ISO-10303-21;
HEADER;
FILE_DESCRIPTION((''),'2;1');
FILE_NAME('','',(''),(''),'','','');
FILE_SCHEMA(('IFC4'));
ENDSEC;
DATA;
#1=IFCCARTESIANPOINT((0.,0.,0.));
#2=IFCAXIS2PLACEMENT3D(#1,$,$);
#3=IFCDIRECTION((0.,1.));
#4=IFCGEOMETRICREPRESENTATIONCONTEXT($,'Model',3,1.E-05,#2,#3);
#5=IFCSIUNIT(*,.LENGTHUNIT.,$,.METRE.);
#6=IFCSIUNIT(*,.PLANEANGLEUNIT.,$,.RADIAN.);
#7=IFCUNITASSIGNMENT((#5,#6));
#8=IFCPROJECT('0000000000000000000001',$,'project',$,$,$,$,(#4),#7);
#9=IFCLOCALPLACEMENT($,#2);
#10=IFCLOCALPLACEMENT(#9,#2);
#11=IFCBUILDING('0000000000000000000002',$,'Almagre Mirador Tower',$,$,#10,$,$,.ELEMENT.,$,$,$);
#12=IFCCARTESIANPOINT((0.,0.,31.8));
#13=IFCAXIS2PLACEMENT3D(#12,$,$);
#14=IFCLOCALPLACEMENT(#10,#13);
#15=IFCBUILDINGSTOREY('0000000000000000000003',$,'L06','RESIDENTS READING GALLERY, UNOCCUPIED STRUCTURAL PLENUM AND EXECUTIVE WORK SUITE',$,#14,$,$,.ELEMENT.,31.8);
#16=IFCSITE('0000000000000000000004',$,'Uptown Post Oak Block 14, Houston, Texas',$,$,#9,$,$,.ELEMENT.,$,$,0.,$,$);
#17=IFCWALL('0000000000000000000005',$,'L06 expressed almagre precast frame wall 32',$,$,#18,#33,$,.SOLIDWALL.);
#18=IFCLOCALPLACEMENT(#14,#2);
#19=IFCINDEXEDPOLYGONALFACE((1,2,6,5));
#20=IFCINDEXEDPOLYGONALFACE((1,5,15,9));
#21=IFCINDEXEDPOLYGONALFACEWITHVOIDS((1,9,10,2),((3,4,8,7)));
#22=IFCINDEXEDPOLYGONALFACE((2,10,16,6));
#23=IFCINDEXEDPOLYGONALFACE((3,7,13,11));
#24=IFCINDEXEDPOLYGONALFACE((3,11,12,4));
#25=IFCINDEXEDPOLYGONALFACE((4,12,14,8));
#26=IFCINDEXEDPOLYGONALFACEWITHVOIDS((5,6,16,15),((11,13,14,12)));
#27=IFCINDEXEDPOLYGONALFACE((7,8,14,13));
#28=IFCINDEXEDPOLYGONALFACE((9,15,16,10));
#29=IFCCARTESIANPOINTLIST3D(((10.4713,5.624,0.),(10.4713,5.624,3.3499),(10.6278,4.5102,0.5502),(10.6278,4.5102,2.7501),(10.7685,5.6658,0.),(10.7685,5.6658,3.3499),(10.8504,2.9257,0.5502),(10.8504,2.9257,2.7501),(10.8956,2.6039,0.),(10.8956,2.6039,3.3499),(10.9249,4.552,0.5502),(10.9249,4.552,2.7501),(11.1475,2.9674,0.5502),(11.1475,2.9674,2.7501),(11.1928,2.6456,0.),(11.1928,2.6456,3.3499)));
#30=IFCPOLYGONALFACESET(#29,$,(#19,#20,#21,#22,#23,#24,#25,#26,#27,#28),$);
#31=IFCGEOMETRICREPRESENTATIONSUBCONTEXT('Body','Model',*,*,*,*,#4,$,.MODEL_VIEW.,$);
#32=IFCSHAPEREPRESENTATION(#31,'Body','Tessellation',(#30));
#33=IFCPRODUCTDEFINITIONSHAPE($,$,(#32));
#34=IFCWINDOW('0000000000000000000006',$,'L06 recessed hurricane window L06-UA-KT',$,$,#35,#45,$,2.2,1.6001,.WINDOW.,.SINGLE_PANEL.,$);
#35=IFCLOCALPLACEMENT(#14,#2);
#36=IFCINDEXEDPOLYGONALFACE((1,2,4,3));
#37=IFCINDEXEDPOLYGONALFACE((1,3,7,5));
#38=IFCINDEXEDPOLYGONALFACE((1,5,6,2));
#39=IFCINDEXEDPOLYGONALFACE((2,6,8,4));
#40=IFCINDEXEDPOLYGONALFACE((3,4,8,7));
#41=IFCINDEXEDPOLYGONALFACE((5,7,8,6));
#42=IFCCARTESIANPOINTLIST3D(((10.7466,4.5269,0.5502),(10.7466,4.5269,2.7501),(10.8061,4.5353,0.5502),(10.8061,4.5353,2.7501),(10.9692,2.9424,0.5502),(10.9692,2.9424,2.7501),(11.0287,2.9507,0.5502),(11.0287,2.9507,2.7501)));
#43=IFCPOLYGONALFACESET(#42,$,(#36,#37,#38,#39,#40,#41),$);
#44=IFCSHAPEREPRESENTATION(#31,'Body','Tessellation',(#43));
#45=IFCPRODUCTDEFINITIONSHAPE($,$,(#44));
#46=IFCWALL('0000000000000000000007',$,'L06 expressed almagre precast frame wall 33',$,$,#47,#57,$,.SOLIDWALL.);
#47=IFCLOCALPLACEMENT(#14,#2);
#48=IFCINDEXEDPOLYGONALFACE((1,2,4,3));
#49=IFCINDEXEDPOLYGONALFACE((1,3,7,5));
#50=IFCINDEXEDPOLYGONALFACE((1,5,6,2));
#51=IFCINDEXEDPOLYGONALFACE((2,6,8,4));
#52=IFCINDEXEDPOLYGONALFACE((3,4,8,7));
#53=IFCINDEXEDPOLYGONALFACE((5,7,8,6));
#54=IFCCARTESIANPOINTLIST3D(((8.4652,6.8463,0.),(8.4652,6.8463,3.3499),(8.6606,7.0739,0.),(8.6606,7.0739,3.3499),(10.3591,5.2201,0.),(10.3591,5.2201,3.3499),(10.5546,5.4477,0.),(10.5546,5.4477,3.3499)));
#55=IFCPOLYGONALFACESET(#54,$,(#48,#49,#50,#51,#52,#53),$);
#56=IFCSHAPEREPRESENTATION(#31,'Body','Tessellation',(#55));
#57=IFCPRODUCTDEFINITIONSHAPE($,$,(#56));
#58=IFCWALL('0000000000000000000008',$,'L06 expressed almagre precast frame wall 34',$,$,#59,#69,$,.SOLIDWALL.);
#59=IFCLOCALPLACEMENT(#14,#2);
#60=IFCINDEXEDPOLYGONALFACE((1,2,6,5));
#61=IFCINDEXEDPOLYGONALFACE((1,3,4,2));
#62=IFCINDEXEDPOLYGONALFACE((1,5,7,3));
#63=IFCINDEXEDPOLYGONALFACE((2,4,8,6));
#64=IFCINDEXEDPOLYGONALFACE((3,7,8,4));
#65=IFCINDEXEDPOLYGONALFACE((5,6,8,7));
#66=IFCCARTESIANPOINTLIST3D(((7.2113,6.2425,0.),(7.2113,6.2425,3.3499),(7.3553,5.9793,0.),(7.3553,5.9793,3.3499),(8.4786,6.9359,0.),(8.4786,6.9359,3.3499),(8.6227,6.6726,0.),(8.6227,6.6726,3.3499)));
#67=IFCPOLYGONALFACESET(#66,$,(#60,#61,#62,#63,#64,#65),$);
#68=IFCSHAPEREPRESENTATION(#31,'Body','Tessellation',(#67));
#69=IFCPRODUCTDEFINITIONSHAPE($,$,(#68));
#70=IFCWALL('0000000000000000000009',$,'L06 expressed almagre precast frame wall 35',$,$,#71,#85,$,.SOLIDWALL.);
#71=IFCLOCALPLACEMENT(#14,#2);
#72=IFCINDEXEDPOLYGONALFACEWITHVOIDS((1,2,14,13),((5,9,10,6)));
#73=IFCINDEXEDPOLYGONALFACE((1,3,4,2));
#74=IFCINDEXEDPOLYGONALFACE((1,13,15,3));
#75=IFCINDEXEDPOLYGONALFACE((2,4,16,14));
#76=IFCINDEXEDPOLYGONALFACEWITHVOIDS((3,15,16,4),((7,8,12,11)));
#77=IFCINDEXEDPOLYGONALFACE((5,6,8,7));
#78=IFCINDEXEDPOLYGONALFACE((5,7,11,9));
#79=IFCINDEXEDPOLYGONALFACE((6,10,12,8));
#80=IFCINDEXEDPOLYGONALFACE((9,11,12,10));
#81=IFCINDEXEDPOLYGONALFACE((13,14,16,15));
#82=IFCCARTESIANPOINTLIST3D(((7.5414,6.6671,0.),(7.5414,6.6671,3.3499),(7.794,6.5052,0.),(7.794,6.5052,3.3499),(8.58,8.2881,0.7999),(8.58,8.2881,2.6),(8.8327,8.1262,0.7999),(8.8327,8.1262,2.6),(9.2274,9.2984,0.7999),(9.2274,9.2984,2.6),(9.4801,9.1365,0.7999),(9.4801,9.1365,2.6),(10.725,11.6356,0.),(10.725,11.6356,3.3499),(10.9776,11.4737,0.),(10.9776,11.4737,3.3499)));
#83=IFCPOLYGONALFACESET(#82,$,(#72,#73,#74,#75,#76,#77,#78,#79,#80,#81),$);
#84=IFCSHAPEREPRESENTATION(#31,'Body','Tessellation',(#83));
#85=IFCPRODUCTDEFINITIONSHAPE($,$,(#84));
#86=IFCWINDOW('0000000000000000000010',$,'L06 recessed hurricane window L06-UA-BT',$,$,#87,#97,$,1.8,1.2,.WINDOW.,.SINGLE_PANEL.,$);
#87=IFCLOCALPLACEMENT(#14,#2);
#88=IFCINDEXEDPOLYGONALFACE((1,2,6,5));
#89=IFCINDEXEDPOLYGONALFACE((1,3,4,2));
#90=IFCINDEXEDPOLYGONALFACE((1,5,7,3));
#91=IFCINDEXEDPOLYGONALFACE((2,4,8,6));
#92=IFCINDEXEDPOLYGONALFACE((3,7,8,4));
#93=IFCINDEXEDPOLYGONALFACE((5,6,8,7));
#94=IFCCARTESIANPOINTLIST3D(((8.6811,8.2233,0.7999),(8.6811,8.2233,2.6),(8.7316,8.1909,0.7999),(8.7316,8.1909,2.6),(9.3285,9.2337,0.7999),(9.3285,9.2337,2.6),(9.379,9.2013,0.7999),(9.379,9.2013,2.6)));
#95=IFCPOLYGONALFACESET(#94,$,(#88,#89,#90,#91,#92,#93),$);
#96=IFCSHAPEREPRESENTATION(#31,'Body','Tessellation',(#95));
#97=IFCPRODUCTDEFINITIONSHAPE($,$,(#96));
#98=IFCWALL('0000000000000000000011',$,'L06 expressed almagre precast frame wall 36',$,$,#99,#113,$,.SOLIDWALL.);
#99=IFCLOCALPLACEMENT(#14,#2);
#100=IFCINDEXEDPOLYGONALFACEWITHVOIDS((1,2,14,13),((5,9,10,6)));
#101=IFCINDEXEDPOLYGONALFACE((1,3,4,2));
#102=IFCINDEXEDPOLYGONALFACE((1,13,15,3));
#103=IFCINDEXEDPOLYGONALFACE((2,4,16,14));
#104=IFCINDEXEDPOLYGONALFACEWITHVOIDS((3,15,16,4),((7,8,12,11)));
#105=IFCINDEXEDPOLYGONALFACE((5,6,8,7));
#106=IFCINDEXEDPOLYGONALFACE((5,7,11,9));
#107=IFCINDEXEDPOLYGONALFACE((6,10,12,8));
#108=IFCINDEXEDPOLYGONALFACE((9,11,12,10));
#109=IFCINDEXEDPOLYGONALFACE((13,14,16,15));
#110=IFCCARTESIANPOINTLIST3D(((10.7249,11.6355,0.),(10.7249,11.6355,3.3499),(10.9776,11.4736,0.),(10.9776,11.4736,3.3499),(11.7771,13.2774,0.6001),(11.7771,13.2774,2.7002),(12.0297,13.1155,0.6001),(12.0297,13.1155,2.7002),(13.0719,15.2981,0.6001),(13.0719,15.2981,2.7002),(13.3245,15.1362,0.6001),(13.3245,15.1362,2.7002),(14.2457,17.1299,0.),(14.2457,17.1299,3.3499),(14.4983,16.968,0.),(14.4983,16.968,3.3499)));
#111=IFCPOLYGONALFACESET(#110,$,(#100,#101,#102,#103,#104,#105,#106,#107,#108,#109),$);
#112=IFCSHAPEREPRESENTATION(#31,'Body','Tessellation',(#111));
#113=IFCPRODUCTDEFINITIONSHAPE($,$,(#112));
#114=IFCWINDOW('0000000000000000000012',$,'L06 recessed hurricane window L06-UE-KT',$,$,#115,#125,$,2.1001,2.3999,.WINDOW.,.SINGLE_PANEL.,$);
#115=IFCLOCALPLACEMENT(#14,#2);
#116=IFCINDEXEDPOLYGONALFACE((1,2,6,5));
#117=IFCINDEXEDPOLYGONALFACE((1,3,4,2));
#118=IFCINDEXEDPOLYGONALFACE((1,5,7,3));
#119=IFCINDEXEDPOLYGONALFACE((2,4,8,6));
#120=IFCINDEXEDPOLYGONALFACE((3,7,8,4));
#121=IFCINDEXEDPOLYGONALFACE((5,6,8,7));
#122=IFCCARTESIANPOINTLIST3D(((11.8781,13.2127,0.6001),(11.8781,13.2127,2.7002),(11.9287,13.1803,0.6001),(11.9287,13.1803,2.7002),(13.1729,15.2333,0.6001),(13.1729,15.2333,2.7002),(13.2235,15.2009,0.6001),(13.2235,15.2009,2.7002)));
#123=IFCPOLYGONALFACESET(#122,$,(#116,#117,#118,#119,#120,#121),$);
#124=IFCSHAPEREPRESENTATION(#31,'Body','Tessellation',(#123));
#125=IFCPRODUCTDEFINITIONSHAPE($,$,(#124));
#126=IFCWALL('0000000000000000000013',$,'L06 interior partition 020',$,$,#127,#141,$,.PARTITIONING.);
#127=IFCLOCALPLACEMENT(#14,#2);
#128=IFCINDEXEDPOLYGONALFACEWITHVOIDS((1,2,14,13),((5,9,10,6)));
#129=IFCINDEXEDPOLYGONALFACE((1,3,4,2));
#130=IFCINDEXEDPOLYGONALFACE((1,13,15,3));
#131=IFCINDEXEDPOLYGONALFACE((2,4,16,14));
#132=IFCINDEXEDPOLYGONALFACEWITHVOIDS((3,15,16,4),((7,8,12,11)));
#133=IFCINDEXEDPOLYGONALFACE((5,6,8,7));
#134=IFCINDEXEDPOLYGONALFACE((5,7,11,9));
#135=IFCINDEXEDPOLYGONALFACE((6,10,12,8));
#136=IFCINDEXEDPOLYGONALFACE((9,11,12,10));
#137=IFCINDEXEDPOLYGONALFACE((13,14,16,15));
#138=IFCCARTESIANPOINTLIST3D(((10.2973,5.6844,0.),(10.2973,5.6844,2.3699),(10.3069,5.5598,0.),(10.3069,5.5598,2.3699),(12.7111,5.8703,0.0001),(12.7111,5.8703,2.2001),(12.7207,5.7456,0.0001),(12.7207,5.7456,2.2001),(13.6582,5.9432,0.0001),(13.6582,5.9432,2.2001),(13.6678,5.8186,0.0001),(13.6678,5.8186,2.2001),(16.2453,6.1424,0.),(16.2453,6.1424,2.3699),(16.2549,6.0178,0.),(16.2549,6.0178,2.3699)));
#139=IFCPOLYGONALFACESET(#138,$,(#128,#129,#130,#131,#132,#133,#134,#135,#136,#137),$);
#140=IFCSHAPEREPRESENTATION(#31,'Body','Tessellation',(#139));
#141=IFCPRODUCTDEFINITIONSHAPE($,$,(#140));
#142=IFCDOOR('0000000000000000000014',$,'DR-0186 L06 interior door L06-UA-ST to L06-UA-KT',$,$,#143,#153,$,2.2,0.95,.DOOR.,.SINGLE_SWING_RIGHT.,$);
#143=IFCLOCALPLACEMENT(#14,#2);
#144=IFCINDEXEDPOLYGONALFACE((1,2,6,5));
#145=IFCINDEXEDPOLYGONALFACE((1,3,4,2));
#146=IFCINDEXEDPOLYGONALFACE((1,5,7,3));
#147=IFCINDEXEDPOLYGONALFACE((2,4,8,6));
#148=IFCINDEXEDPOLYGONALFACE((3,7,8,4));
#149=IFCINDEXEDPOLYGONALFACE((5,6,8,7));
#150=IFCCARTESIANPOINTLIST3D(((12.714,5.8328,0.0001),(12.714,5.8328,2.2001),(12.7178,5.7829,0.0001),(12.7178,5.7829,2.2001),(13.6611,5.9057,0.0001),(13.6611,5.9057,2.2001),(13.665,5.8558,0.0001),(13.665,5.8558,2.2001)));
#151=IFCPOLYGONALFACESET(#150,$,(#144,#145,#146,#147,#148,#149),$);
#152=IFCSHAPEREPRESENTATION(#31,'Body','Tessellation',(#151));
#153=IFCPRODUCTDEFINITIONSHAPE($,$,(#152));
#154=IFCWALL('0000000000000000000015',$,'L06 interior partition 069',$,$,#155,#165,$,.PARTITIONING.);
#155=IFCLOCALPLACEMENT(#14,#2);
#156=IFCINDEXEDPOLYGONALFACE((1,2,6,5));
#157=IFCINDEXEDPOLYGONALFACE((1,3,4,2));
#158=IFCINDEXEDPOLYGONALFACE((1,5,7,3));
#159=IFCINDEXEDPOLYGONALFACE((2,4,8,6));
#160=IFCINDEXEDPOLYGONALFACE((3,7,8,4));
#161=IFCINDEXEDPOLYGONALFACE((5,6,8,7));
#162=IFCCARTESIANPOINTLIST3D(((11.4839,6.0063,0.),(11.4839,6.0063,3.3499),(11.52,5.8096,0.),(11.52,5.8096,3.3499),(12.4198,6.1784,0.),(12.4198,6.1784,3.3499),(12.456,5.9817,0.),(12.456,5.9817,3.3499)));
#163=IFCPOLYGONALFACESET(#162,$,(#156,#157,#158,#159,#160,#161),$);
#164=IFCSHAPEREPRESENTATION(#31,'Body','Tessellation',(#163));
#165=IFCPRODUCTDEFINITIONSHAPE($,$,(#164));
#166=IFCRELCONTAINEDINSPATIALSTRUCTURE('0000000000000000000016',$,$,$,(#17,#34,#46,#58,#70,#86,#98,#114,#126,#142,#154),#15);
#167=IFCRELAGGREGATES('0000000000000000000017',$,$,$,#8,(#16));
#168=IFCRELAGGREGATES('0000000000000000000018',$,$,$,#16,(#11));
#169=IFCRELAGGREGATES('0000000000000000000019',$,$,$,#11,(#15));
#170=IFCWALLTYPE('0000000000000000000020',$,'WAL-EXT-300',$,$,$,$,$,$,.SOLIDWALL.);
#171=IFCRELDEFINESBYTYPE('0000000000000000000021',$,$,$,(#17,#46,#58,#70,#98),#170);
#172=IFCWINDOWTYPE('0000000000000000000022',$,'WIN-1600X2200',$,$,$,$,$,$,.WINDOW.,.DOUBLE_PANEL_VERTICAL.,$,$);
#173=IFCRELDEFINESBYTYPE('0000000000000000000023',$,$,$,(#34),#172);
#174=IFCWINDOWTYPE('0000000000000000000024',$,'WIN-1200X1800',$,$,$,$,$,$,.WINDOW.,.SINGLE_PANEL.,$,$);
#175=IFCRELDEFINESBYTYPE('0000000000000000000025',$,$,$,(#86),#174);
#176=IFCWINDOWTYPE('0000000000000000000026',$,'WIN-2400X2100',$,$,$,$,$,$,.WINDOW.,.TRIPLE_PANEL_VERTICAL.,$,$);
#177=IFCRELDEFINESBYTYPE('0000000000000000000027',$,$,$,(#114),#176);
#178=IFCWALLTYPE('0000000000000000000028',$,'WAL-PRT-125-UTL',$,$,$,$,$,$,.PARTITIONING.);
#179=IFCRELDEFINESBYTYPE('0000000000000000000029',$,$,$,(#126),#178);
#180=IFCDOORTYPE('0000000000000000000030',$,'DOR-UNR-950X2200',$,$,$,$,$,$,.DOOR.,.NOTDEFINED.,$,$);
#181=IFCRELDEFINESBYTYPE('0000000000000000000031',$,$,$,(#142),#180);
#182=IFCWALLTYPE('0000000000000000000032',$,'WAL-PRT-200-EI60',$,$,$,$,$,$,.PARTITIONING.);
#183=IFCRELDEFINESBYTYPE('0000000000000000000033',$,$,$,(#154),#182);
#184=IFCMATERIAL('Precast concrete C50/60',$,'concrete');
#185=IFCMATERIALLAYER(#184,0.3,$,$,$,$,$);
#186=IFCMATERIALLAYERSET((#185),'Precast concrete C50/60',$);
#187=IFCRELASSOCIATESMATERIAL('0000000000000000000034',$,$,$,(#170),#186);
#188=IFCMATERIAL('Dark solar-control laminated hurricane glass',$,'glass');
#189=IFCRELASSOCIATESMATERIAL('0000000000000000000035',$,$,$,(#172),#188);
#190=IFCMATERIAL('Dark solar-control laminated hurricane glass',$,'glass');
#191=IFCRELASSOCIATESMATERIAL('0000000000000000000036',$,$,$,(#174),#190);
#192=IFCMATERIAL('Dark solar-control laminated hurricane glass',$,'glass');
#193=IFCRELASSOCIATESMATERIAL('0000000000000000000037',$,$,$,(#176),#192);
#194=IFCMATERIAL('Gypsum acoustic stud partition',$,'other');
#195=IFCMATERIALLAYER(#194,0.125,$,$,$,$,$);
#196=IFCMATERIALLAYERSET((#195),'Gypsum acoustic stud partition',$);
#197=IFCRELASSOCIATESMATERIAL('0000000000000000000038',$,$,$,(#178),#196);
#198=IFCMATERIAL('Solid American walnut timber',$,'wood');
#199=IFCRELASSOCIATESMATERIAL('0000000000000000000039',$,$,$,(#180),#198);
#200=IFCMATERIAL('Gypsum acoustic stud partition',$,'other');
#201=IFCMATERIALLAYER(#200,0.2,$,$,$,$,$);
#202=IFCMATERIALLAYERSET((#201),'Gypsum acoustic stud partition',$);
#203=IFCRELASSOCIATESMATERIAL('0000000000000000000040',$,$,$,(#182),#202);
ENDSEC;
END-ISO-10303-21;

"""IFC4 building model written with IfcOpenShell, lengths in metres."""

from ifc_helpers import new_model, si_unit, direction, frame, frame_2d, origin, place, context, subcontext, project, spatial, rectangle, extrude, material, layer, layer_set, type_object, element, fill, save


model = new_model("IFC4")

# Units and contexts
model_context = context("Model", 3, precision=1e-05, world=origin(), true_north=direction((0.0, 1.0)))
body_context = subcontext(model_context, "Body", "Model", "MODEL_VIEW")
ifc_project = project(units=[si_unit("LENGTHUNIT", "METRE"), si_unit("PLANEANGLEUNIT", "RADIAN")], contexts=[model_context])

# Site, building, storey
site_placement = place(None, origin())
site = spatial("IfcSite", under=ifc_project, at=site_placement, Name="Uptown Post Oak Block 14, Houston, Texas", CompositionType="ELEMENT", RefElevation=0.0)
building_placement = place(site_placement, origin())
building = spatial("IfcBuilding", under=site, at=building_placement, Name="Almagre Mirador Tower", CompositionType="ELEMENT")
storey_placement = place(building_placement, frame((0.0, 0.0, 31.8)))
storey = spatial("IfcBuildingStorey", under=building, at=storey_placement, Name="L06", Description="RESIDENTS READING GALLERY, UNOCCUPIED STRUCTURAL PLENUM AND EXECUTIVE WORK SUITE", CompositionType="ELEMENT", Elevation=31.8)

# Shared definitions
ifc_material_1 = material(Name="Precast concrete C50/60", Category="concrete")
ifc_layer_1 = layer(ifc_material_1, 0.3)
ifc_layer_set_1 = layer_set([ifc_layer_1], Name="Precast concrete C50/60")
wall_type_1 = type_object("IfcWallType", Name="WAL-EXT-300", PredefinedType="SOLIDWALL", material=ifc_layer_set_1)

# Wall, opening, window
wall_1_placement = place(storey_placement, frame((11.0442, 2.6248, 0.0), z_axis=(0.0, 0.0, 1.0), x_axis=(-0.139124, 0.990275, 0.0)))
wall_1 = element("IfcWall", 1, at=wall_1_placement, inside=storey, type_object=wall_type_1, Name="L06 expressed almagre precast frame wall 32", PredefinedType="SOLIDWALL", context=body_context, shape_type="SweptSolid", body=[
    extrude(rectangle(XDim=3.0498, YDim=0.3, at=frame_2d((1.5249, 0.0))), origin(), (0.0, 0.0, 1.0), 3.3499),
])
opening_1_placement = place(wall_1_placement, frame((0.325, 0.0, 0.55)))
opening_1 = element("IfcOpeningElement", 2, at=opening_1_placement, cuts=wall_1, PredefinedType="OPENING", context=body_context, shape_type="SweptSolid", body=[
    extrude(rectangle(XDim=1.6001, YDim=2.2, at=frame_2d((0.8, 1.1001))), frame((0.0, 0.1599, 0.0), z_axis=(0.0, -1.0, 0.0), x_axis=(1.0, 0.0, 0.0)), (0.0, 0.0, 1.0), 0.32),
])
ifc_material_2 = material(Name="Dark solar-control laminated hurricane glass", Category="glass")
window_type_1 = type_object("IfcWindowType", Name="WIN-1600X2200", PartitioningType="DOUBLE_PANEL_VERTICAL", PredefinedType="WINDOW", material=ifc_material_2)
window_1_placement = place(opening_1_placement, origin())
window_1 = element("IfcWindow", 3, at=window_1_placement, inside=storey, type_object=window_type_1, Name="L06 recessed hurricane window L06-UA-KT", OverallHeight=2.2, OverallWidth=1.6001, PartitioningType="SINGLE_PANEL", PredefinedType="WINDOW", context=body_context, shape_type="SweptSolid", body=[
    extrude(rectangle(XDim=1.6001, YDim=2.2, at=frame_2d((0.8, 1.1001))), frame((0.0, 0.03, 0.0), z_axis=(0.0, -1.0, 0.0), x_axis=(1.0, 0.0, 0.0)), (0.0, 0.0, 1.0), 0.0601),
])
fill(opening_1, window_1)

# Walls
wall_2_placement = place(storey_placement, frame((10.4568, 5.334, 0.0), z_axis=(0.0, 0.0, 1.0), x_axis=(-0.758711, 0.651427, 0.0)))
element("IfcWall", 4, at=wall_2_placement, inside=storey, type_object=wall_type_1, Name="L06 expressed almagre precast frame wall 33", PredefinedType="SOLIDWALL", context=body_context, shape_type="SweptSolid", body=[
    extrude(rectangle(XDim=2.4963, YDim=0.3, at=frame_2d((1.248, 0.0))), origin(), (0.0, 0.0, 1.0), 3.3499),
])
wall_3_placement = place(storey_placement, frame((8.5505, 6.8042, 0.0), z_axis=(0.0, 0.0, 1.0), x_axis=(-0.877288, -0.479965, 0.0)))
element("IfcWall", 5, at=wall_3_placement, inside=storey, type_object=wall_type_1, Name="L06 expressed almagre precast frame wall 34", PredefinedType="SOLIDWALL", context=body_context, shape_type="SweptSolid", body=[
    extrude(rectangle(XDim=1.4446, YDim=0.3, at=frame_2d((0.7222, 0.0))), origin(), (0.0, 0.0, 1.0), 3.3499),
])

# Walls, openings, windows
wall_4_placement = place(storey_placement, frame((7.6677, 6.5862, 0.0), z_axis=(0.0, 0.0, 1.0), x_axis=(0.539504, 0.841983, 0.0)))
wall_4 = element("IfcWall", 6, at=wall_4_placement, inside=storey, type_object=wall_type_1, Name="L06 expressed almagre precast frame wall 35", PredefinedType="SOLIDWALL", context=body_context, shape_type="SweptSolid", body=[
    extrude(rectangle(XDim=5.9009, YDim=0.3, at=frame_2d((2.9504, 0.0))), origin(), (0.0, 0.0, 1.0), 3.3499),
])
opening_2_placement = place(wall_4_placement, frame((1.925, 0.0, 0.8)))
opening_2 = element("IfcOpeningElement", 7, at=opening_2_placement, cuts=wall_4, PredefinedType="OPENING", context=body_context, shape_type="SweptSolid", body=[
    extrude(rectangle(XDim=1.2, YDim=1.8, at=frame_2d((0.6001, 0.8999))), frame((0.0, 0.1599, 0.0), z_axis=(0.0, -1.0, 0.0), x_axis=(1.0, 0.0, 0.0)), (0.0, 0.0, 1.0), 0.32),
])
ifc_material_3 = material(Name="Dark solar-control laminated hurricane glass", Category="glass")
window_type_2 = type_object("IfcWindowType", Name="WIN-1200X1800", PartitioningType="SINGLE_PANEL", PredefinedType="WINDOW", material=ifc_material_3)
window_2_placement = place(opening_2_placement, origin())
window_2 = element("IfcWindow", 8, at=window_2_placement, inside=storey, type_object=window_type_2, Name="L06 recessed hurricane window L06-UA-BT", OverallHeight=1.8, OverallWidth=1.2, PartitioningType="SINGLE_PANEL", PredefinedType="WINDOW", context=body_context, shape_type="SweptSolid", body=[
    extrude(rectangle(XDim=1.2, YDim=1.8, at=frame_2d((0.6001, 0.8999))), frame((0.0, 0.03, 0.0), z_axis=(0.0, -1.0, 0.0), x_axis=(1.0, 0.0, 0.0)), (0.0, 0.0, 1.0), 0.0601),
])
fill(opening_2, window_2)
wall_5_placement = place(storey_placement, frame((10.8513, 11.5547, 0.0), z_axis=(0.0, 0.0, 1.0), x_axis=(0.539526, 0.841969, 0.0)))
wall_5 = element("IfcWall", 9, at=wall_5_placement, inside=storey, type_object=wall_type_1, Name="L06 expressed almagre precast frame wall 36", PredefinedType="SOLIDWALL", context=body_context, shape_type="SweptSolid", body=[
    extrude(rectangle(XDim=6.5256, YDim=0.3, at=frame_2d((3.2627, 0.0))), origin(), (0.0, 0.0, 1.0), 3.3499),
])
opening_3_placement = place(wall_5_placement, frame((1.95, 0.0, 0.6001)))
opening_3 = element("IfcOpeningElement", 10, at=opening_3_placement, cuts=wall_5, PredefinedType="OPENING", context=body_context, shape_type="SweptSolid", body=[
    extrude(rectangle(XDim=2.3999, YDim=2.1001, at=frame_2d((1.2, 1.05))), frame((0.0, 0.1599, 0.0), z_axis=(0.0, -1.0, 0.0), x_axis=(1.0, 0.0, 0.0)), (0.0, 0.0, 1.0), 0.32),
])
ifc_material_4 = material(Name="Dark solar-control laminated hurricane glass", Category="glass")
window_type_3 = type_object("IfcWindowType", Name="WIN-2400X2100", PartitioningType="TRIPLE_PANEL_VERTICAL", PredefinedType="WINDOW", material=ifc_material_4)
window_3_placement = place(opening_3_placement, origin())
window_3 = element("IfcWindow", 11, at=window_3_placement, inside=storey, type_object=window_type_3, Name="L06 recessed hurricane window L06-UE-KT", OverallHeight=2.1001, OverallWidth=2.3999, PartitioningType="SINGLE_PANEL", PredefinedType="WINDOW", context=body_context, shape_type="SweptSolid", body=[
    extrude(rectangle(XDim=2.3999, YDim=2.1001, at=frame_2d((1.2, 1.05))), frame((0.0, 0.03, 0.0), z_axis=(0.0, -1.0, 0.0), x_axis=(1.0, 0.0, 0.0)), (0.0, 0.0, 1.0), 0.0601),
])
fill(opening_3, window_3)

# Wall, opening, door
ifc_material_5 = material(Name="Gypsum acoustic stud partition", Category="other")
ifc_layer_2 = layer(ifc_material_5, 0.125)
ifc_layer_set_2 = layer_set([ifc_layer_2], Name="Gypsum acoustic stud partition")
wall_type_2 = type_object("IfcWallType", Name="WAL-PRT-125-UTL", PredefinedType="PARTITIONING", material=ifc_layer_set_2)
wall_6_placement = place(storey_placement, frame((10.302, 5.6221, 0.0), z_axis=(0.0, 0.0, 1.0), x_axis=(0.997048, 0.076775, 0.0)))
wall_6 = element("IfcWall", 12, at=wall_6_placement, inside=storey, type_object=wall_type_2, Name="L06 interior partition 020", PredefinedType="PARTITIONING", context=body_context, shape_type="SweptSolid", body=[
    extrude(rectangle(XDim=5.9656, YDim=0.125, at=frame_2d((2.9829, 0.0))), origin(), (0.0, 0.0, 1.0), 2.3699),
])
opening_4_placement = place(wall_6_placement, frame((2.4209, 0.0, 0.0)))
opening_4 = element("IfcOpeningElement", 13, at=opening_4_placement, cuts=wall_6, PredefinedType="OPENING", context=body_context, shape_type="SweptSolid", body=[
    extrude(rectangle(XDim=0.95, YDim=2.2, at=frame_2d((0.4751, 1.1001))), frame((0.0, 0.0725, 0.0), z_axis=(0.0, -1.0, 0.0), x_axis=(1.0, 0.0, 0.0)), (0.0, 0.0, 1.0), 0.145),
])
ifc_material_6 = material(Name="Solid American walnut timber", Category="wood")
door_type = type_object("IfcDoorType", Name="DOR-UNR-950X2200", OperationType="NOTDEFINED", PredefinedType="DOOR", material=ifc_material_6)
door_placement = place(opening_4_placement, origin())
door = element("IfcDoor", 14, at=door_placement, inside=storey, type_object=door_type, Name="DR-0186 L06 interior door L06-UA-ST to L06-UA-KT", OperationType="SINGLE_SWING_RIGHT", OverallHeight=2.2, OverallWidth=0.95, PredefinedType="DOOR", context=body_context, shape_type="SweptSolid", body=[
    extrude(rectangle(XDim=0.95, YDim=2.2, at=frame_2d((0.4751, 1.1001))), frame((0.0, 0.0249, 0.0), z_axis=(0.0, -1.0, 0.0), x_axis=(1.0, 0.0, 0.0)), (0.0, 0.0, 1.0), 0.05),
])
fill(opening_4, door)

# Wall
ifc_material_7 = material(Name="Gypsum acoustic stud partition", Category="other")
ifc_layer_3 = layer(ifc_material_7, 0.2)
ifc_layer_set_3 = layer_set([ifc_layer_3], Name="Gypsum acoustic stud partition")
wall_type_3 = type_object("IfcWallType", Name="WAL-PRT-200-EI60", PredefinedType="PARTITIONING", material=ifc_layer_set_3)
wall_7_placement = place(storey_placement, frame((11.502, 5.908, 0.0), z_axis=(0.0, 0.0, 1.0), x_axis=(0.983511, 0.180849, 0.0)))
element("IfcWall", 15, at=wall_7_placement, inside=storey, type_object=wall_type_3, Name="L06 interior partition 069", PredefinedType="PARTITIONING", context=body_context, shape_type="SweptSolid", body=[
    extrude(rectangle(XDim=0.9517, YDim=0.2, at=frame_2d((0.4758, 0.0))), origin(), (0.0, 0.0, 1.0), 3.3499),
])

save(model, "model.ifc")
